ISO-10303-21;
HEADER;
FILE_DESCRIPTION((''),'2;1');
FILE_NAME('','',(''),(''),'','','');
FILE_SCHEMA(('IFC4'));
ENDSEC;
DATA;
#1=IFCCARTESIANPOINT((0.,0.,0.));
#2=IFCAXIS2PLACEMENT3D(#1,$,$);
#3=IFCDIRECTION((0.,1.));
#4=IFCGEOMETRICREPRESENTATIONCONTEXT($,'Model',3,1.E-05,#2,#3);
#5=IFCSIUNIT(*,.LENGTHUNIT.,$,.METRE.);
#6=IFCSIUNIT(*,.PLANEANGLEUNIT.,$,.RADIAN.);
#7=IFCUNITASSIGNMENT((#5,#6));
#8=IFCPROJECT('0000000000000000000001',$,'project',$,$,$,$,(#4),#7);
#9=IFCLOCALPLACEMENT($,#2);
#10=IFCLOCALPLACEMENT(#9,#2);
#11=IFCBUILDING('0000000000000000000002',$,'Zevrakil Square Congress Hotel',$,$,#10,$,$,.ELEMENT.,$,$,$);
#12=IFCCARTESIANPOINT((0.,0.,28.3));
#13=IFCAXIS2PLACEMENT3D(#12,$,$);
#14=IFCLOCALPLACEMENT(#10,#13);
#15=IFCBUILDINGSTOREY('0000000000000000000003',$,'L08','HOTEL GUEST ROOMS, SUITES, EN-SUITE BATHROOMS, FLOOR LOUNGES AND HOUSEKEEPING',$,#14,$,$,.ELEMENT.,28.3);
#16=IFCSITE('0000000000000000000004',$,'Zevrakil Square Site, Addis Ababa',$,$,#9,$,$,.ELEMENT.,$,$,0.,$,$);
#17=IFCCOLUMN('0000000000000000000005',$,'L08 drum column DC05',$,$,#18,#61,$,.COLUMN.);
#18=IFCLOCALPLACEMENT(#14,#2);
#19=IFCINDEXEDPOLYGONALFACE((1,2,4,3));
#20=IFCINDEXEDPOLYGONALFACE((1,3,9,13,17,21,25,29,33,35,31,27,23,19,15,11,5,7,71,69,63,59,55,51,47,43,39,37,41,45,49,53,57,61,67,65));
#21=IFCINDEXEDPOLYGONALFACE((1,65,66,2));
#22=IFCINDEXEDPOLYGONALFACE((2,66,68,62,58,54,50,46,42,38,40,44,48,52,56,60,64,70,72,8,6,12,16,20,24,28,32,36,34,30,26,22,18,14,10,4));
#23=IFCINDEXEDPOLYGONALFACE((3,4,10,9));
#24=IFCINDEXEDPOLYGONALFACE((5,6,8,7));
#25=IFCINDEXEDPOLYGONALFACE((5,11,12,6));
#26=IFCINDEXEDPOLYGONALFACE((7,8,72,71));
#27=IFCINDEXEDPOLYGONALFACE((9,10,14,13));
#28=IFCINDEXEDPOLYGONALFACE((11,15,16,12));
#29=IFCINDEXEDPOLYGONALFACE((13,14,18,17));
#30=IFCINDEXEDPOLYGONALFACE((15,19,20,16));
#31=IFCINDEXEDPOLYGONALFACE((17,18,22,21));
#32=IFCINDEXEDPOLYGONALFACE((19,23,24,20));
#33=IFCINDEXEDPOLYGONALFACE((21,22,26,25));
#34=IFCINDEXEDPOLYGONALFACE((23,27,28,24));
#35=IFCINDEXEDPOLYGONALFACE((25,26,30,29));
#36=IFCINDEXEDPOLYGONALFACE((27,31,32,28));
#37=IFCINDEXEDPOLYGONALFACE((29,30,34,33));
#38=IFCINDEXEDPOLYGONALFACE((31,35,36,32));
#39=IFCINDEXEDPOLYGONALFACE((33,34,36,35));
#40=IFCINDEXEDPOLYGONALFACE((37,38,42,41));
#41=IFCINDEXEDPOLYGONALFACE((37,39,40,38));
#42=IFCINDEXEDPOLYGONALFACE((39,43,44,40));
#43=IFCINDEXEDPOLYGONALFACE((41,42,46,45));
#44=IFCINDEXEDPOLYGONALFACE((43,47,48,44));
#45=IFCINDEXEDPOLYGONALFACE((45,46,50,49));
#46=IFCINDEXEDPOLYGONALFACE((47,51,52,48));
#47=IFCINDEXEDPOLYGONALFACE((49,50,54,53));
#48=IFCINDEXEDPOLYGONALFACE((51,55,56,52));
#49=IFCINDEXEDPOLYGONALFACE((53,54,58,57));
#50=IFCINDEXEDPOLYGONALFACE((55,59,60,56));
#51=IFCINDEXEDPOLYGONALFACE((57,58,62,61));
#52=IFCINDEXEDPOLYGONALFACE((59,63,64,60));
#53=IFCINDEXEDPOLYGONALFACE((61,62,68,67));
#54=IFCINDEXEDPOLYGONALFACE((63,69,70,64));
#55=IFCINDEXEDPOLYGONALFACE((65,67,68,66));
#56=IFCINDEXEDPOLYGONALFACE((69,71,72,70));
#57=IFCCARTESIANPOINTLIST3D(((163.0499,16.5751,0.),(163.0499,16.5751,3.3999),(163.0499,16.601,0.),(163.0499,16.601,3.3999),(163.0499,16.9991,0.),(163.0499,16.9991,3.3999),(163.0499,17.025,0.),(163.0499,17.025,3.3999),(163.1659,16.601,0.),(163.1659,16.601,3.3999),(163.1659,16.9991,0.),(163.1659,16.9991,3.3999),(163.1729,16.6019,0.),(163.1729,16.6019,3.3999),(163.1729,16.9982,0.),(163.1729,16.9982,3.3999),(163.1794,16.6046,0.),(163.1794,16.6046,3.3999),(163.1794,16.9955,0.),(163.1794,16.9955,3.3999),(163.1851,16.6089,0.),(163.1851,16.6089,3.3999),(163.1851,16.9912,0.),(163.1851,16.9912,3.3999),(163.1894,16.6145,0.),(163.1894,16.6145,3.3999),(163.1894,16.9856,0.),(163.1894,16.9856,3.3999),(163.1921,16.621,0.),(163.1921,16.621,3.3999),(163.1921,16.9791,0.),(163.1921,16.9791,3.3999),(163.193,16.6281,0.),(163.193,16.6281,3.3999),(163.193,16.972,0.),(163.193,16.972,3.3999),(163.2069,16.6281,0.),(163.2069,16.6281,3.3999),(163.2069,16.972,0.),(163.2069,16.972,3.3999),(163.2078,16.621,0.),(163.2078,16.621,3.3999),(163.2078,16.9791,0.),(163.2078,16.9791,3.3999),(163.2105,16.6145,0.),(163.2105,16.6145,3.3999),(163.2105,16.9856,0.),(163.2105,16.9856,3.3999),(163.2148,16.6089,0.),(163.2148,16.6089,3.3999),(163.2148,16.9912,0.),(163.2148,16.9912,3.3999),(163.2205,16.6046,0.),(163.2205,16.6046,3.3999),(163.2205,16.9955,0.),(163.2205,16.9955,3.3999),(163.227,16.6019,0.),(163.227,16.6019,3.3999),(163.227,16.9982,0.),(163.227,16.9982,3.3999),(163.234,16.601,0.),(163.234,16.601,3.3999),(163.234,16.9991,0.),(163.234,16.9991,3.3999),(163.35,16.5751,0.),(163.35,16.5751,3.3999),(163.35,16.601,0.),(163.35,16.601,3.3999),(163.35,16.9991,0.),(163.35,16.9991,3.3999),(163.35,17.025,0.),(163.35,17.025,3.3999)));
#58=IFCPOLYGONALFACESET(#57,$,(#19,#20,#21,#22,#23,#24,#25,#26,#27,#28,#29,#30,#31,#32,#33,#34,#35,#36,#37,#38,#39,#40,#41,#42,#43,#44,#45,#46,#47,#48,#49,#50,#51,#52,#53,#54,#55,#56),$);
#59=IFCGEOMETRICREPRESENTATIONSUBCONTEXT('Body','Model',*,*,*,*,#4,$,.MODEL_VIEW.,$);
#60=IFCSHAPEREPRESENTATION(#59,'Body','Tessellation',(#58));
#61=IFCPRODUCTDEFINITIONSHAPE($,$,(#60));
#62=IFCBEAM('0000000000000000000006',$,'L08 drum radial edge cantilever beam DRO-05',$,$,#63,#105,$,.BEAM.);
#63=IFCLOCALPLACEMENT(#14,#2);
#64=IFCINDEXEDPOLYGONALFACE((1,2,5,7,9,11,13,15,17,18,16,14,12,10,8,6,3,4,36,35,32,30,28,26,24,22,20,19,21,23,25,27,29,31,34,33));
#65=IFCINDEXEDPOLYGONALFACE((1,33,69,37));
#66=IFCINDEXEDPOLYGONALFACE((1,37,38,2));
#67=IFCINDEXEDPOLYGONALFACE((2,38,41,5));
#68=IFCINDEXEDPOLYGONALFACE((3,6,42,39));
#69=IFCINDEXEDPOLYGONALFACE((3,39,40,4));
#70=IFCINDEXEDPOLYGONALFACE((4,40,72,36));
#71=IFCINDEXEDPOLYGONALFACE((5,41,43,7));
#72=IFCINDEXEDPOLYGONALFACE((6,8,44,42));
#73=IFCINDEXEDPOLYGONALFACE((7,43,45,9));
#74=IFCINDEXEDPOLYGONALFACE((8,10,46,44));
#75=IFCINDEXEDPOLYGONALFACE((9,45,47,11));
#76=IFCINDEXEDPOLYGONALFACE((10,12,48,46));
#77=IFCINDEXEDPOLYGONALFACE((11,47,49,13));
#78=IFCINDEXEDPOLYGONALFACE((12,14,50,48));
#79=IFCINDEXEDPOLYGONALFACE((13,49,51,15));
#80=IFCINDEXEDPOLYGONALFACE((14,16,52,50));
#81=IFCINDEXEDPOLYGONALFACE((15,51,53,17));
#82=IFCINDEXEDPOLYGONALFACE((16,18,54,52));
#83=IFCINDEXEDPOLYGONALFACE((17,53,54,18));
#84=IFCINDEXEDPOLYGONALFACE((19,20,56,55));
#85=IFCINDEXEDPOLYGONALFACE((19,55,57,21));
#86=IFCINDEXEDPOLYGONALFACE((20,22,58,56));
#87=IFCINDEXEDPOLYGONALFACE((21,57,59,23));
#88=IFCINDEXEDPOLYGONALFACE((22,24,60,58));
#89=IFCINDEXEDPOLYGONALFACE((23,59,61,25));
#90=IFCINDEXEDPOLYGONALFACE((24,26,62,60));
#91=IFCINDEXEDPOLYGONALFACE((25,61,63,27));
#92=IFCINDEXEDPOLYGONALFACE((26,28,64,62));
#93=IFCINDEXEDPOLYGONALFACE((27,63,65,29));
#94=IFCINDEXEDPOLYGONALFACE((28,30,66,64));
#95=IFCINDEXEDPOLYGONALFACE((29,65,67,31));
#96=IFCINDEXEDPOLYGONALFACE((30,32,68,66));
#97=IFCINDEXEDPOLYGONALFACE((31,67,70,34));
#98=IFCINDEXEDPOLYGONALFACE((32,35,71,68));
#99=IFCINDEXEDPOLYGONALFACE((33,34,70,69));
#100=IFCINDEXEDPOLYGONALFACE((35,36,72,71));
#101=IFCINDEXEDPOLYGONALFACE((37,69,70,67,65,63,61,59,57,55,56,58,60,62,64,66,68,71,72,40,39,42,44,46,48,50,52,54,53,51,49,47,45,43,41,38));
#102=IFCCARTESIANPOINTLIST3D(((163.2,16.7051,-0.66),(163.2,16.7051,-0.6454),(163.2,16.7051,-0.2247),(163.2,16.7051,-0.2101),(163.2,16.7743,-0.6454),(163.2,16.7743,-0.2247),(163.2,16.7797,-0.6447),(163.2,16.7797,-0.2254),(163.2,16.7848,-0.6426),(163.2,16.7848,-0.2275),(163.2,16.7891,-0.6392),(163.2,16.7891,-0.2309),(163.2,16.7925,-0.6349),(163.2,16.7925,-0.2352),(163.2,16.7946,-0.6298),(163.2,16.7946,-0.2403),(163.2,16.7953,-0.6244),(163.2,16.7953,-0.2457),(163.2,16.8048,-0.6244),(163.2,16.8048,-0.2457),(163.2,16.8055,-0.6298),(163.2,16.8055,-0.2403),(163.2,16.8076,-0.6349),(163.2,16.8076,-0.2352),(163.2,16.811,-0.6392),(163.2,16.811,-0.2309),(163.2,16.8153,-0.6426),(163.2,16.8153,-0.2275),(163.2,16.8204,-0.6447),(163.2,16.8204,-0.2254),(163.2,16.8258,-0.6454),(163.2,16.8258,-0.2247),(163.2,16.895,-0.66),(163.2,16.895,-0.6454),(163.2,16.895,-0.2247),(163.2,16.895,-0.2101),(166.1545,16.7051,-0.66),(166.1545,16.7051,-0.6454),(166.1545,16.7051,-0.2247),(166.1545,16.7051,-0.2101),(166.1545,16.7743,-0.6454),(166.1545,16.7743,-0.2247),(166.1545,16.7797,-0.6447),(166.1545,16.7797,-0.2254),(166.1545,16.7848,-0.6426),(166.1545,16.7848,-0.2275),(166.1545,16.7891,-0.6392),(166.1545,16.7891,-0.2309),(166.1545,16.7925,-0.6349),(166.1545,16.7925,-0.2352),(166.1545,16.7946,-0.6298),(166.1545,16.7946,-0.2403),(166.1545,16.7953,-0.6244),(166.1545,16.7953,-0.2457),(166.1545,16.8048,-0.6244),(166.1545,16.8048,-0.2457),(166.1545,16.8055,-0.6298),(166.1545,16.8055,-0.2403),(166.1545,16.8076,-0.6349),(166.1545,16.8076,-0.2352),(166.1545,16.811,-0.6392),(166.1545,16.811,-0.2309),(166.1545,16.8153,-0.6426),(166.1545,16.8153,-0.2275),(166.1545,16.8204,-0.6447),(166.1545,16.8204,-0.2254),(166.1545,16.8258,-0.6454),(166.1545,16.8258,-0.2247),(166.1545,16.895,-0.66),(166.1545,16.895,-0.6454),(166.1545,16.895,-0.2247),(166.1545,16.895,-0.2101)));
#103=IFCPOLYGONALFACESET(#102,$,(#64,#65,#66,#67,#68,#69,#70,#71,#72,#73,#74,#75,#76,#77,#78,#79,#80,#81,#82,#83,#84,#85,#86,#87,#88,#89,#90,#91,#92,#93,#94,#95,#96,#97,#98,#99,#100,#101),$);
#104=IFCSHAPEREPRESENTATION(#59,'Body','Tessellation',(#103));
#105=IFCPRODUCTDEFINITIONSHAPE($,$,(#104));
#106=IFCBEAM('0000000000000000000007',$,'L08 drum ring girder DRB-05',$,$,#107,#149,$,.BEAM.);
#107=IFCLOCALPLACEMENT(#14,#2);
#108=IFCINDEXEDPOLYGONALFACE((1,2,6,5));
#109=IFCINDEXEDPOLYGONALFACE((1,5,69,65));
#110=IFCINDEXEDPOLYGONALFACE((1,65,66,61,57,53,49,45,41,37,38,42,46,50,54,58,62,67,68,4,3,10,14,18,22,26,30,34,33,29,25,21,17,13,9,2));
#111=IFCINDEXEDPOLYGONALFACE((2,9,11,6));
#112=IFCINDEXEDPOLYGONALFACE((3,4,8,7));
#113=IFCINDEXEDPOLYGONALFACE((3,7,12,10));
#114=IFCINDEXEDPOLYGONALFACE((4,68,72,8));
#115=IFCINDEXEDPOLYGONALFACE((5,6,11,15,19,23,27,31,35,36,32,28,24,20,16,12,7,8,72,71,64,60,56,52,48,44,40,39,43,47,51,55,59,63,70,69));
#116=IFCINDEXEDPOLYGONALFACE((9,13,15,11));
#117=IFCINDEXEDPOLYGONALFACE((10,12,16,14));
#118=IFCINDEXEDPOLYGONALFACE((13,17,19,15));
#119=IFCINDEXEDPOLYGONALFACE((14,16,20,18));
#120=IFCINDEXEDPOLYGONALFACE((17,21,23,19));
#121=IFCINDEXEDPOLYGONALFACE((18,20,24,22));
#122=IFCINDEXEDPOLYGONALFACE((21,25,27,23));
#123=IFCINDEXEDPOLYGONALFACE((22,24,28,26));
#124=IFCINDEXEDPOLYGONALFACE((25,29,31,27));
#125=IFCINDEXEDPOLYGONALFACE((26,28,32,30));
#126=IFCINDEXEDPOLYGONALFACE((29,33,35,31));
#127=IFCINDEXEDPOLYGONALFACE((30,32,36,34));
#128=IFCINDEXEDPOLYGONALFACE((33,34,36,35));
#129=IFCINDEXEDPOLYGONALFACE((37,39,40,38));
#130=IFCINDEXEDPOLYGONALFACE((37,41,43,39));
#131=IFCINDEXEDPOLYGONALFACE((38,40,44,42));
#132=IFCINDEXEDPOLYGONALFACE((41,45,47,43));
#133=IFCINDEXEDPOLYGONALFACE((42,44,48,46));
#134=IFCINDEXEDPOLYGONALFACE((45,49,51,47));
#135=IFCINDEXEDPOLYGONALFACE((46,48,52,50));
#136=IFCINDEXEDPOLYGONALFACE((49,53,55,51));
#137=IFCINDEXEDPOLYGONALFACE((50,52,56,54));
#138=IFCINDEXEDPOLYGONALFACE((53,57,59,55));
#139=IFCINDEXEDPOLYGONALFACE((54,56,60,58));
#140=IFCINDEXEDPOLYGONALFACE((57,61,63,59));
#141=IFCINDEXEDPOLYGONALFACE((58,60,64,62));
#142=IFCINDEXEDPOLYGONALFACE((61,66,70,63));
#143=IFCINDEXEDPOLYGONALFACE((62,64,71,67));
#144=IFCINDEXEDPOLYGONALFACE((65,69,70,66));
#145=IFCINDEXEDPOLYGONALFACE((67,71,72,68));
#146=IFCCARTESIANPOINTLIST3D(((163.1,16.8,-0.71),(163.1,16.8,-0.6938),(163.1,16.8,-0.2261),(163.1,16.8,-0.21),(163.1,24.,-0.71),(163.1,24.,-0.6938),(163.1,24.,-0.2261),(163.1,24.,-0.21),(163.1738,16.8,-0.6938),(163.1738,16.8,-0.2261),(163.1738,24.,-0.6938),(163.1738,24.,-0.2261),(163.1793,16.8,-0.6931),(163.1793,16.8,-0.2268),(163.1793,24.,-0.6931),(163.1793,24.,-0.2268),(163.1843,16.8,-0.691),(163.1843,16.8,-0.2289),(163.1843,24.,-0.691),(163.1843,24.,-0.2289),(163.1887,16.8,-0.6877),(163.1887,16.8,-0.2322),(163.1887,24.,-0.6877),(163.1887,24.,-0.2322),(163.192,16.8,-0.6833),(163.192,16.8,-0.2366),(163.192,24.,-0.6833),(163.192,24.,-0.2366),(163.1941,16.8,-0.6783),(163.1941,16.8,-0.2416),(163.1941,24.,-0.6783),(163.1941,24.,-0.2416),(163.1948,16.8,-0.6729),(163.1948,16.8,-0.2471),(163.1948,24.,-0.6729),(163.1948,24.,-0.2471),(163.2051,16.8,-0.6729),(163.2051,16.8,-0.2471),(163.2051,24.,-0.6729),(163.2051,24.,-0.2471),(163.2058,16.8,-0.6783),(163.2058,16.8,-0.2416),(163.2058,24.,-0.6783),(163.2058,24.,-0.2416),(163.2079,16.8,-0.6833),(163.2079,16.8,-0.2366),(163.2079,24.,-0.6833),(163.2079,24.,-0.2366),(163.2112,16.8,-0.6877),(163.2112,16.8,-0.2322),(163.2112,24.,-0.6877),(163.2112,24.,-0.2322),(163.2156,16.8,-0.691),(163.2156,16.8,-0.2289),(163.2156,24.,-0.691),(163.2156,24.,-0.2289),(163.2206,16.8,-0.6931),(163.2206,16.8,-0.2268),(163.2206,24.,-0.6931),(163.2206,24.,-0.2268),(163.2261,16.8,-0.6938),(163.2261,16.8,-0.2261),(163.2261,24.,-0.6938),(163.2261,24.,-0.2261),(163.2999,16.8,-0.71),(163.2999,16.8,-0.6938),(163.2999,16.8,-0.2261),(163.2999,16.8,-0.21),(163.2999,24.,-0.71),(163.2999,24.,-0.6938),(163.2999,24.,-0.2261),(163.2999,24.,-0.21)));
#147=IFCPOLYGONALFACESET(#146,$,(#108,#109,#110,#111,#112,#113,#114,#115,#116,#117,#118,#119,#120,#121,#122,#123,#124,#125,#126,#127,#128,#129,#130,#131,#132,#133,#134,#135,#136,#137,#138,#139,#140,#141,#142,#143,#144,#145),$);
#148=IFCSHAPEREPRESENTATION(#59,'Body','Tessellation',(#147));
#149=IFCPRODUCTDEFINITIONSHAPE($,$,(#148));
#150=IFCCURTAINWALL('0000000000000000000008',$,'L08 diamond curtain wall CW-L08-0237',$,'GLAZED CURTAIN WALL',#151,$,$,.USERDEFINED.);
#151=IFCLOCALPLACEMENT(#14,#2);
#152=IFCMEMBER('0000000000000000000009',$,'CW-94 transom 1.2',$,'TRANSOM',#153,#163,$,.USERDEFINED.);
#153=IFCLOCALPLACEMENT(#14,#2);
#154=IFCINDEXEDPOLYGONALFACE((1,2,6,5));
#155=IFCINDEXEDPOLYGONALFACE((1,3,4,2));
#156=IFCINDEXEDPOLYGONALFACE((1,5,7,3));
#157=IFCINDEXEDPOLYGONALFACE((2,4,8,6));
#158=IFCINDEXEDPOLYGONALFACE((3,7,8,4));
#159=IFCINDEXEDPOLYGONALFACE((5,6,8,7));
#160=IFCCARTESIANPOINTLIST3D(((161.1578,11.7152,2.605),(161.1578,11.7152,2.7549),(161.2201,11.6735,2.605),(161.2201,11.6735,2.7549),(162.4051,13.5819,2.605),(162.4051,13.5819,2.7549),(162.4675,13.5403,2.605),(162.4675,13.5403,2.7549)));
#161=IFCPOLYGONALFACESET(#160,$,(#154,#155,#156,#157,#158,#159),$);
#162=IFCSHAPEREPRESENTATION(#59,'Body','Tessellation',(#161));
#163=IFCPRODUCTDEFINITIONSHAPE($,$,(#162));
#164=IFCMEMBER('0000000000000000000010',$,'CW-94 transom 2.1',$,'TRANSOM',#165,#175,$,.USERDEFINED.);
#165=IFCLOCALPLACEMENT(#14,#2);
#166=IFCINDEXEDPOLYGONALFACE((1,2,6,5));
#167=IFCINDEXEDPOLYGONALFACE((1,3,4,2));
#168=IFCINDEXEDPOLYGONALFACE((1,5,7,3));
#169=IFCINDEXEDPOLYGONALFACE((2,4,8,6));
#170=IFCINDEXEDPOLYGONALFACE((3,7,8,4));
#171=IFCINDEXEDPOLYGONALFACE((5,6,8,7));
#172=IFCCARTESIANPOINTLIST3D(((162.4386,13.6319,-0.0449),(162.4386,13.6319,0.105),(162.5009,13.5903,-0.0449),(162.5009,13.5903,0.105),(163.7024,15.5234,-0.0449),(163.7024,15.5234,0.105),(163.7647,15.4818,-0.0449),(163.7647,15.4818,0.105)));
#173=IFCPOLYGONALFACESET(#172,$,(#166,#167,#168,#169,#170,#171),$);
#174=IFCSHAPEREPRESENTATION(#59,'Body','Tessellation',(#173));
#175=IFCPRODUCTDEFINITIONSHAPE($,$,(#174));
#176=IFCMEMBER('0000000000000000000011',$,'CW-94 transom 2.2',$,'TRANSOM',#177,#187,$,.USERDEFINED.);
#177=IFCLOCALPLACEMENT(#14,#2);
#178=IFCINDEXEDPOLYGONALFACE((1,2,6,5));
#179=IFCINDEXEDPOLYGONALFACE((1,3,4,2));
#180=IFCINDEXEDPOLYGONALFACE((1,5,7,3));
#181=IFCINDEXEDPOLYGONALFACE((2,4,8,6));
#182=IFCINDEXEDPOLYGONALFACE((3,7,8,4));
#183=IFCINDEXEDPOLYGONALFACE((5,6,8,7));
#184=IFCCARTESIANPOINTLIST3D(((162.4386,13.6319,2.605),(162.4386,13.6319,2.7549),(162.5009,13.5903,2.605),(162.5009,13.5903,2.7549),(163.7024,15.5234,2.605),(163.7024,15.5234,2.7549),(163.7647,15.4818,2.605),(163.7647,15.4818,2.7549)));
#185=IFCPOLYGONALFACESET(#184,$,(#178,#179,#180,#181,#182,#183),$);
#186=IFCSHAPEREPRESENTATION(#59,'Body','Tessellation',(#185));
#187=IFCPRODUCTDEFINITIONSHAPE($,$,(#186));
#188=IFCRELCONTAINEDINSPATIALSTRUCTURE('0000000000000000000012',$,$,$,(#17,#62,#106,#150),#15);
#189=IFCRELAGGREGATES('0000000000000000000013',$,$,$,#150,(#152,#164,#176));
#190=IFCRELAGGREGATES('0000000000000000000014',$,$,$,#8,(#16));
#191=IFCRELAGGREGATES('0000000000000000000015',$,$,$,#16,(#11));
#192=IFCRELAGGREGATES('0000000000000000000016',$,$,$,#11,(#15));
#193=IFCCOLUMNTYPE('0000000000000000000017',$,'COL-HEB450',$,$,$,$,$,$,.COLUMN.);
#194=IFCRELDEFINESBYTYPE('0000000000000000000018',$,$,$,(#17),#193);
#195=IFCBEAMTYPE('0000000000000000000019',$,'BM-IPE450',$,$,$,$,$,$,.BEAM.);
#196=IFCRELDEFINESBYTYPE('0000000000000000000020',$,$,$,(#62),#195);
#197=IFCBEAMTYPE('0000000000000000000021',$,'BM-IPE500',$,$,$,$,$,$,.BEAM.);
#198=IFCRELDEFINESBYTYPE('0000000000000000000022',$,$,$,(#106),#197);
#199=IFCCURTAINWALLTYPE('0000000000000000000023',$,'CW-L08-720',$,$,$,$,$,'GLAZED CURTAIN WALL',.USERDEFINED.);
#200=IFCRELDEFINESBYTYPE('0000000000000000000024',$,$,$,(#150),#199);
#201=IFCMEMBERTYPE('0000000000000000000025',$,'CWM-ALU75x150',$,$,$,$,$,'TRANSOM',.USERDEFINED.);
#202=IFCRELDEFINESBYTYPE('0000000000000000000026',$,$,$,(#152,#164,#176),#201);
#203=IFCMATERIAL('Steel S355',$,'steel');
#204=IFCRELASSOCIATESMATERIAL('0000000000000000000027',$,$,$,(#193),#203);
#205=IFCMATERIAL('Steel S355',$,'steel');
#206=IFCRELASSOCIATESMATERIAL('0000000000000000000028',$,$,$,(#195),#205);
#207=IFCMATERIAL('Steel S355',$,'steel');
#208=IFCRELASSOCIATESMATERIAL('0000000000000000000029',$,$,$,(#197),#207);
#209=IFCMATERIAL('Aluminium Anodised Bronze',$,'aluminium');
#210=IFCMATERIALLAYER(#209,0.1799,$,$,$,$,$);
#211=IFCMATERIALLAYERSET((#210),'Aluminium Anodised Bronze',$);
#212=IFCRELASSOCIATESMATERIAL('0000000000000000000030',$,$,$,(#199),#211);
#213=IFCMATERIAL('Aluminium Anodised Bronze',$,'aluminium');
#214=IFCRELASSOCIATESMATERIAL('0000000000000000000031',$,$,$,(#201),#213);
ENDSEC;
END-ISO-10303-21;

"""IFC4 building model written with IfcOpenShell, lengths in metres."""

from ifc_helpers import new_model, si_unit, direction, frame, origin, origin_2d, place, context, subcontext, project, spatial, rectangle, i_section, extrude, material, layer, layer_set, material_profile, profile_set, type_object, element, aggregate, save


model = new_model("IFC4")

# Units and contexts
model_context = context("Model", 3, precision=1e-05, world=origin(), true_north=direction((0.0, 1.0)))
body_context = subcontext(model_context, "Body", "Model", "MODEL_VIEW")
ifc_project = project(units=[si_unit("LENGTHUNIT", "METRE"), si_unit("PLANEANGLEUNIT", "RADIAN")], contexts=[model_context])

# Site, building, storey
site_placement = place(None, origin())
site = spatial("IfcSite", under=ifc_project, at=site_placement, Name="Zevrakil Square Site, Addis Ababa", CompositionType="ELEMENT", RefElevation=0.0)
building_placement = place(site_placement, origin())
building = spatial("IfcBuilding", under=site, at=building_placement, Name="Zevrakil Square Congress Hotel", CompositionType="ELEMENT")
storey_placement = place(building_placement, frame((0.0, 0.0, 28.3)))
storey = spatial("IfcBuildingStorey", under=building, at=storey_placement, Name="L08", Description="HOTEL GUEST ROOMS, SUITES, EN-SUITE BATHROOMS, FLOOR LOUNGES AND HOUSEKEEPING", CompositionType="ELEMENT", Elevation=28.3)

# Column
ifc_material_1 = material(Name="Steel S355", Category="steel")
ifc_material_profile_1 = material_profile(ifc_material_1, i_section(OverallWidth=0.3, OverallDepth=0.45, WebThickness=0.0139, FlangeThickness=0.0259, FilletRadius=0.0271, at=origin_2d()), Name="HEB 450")
ifc_profile_set_1 = profile_set([ifc_material_profile_1], Name="Steel S355")
column_type = type_object("IfcColumnType", Name="COL-HEB450", PredefinedType="COLUMN", material=ifc_profile_set_1)
column_placement = place(storey_placement, frame((163.2, 16.8, 0.0), z_axis=(0.0, 0.0, 1.0), x_axis=(1.0, 0.0, 0.0)))
element("IfcColumn", 1, at=column_placement, inside=storey, type_object=column_type, Name="L08 drum column DC05", PredefinedType="COLUMN", context=body_context, shape_type="SweptSolid", body=[
    extrude(i_section(OverallWidth=0.3, OverallDepth=0.45, WebThickness=0.0139, FlangeThickness=0.0259, FilletRadius=0.0271, at=origin_2d()), origin(), (0.0, 0.0, 1.0), 3.3999),
])

# Beams
ifc_material_2 = material(Name="Steel S355", Category="steel")
ifc_material_profile_2 = material_profile(ifc_material_2, i_section(OverallWidth=0.1899, OverallDepth=0.45, WebThickness=0.0095, FlangeThickness=0.0146, FilletRadius=0.021, at=origin_2d()), Name="IPE 450")
ifc_profile_set_2 = profile_set([ifc_material_profile_2], Name="Steel S355")
beam_type_1 = type_object("IfcBeamType", Name="BM-IPE450", PredefinedType="BEAM", material=ifc_profile_set_2)
beam_1_placement = place(storey_placement, frame((163.2, 16.8, -0.4351), z_axis=(1.0, 0.0, 0.0), x_axis=(0.0, 1.0, 0.0)))
element("IfcBeam", 2, at=beam_1_placement, inside=storey, type_object=beam_type_1, Name="L08 drum radial edge cantilever beam DRO-05", PredefinedType="BEAM", context=body_context, shape_type="SweptSolid", body=[
    extrude(i_section(OverallWidth=0.1899, OverallDepth=0.45, WebThickness=0.0095, FlangeThickness=0.0146, FilletRadius=0.021, at=origin_2d()), origin(), (0.0, 0.0, 1.0), 2.9546),
])
ifc_material_3 = material(Name="Steel S355", Category="steel")
ifc_material_profile_3 = material_profile(ifc_material_3, i_section(OverallWidth=0.2, OverallDepth=0.5, WebThickness=0.0103, FlangeThickness=0.0161, FilletRadius=0.021, at=origin_2d()), Name="IPE 500")
ifc_profile_set_3 = profile_set([ifc_material_profile_3], Name="Steel S355")
beam_type_2 = type_object("IfcBeamType", Name="BM-IPE500", PredefinedType="BEAM", material=ifc_profile_set_3)
beam_2_placement = place(storey_placement, frame((163.2, 16.8, -0.46), z_axis=(0.0, 1.0, 0.0), x_axis=(-1.0, 0.0, 0.0)))
element("IfcBeam", 3, at=beam_2_placement, inside=storey, type_object=beam_type_2, Name="L08 drum ring girder DRB-05", PredefinedType="BEAM", context=body_context, shape_type="SweptSolid", body=[
    extrude(i_section(OverallWidth=0.2, OverallDepth=0.5, WebThickness=0.0103, FlangeThickness=0.0161, FilletRadius=0.021, at=origin_2d()), origin(), (0.0, 0.0, 1.0), 7.2),
])

# Curtain wall, members
ifc_material_4 = material(Name="Aluminium Anodised Bronze", Category="aluminium")
ifc_layer_1 = layer(ifc_material_4, 0.1799)
ifc_layer_set_1 = layer_set([ifc_layer_1], Name="Aluminium Anodised Bronze")
curtain_wall_type = type_object("IfcCurtainWallType", Name="CW-L08-720", ElementType="GLAZED CURTAIN WALL", PredefinedType="USERDEFINED", material=ifc_layer_set_1)
curtain_wall_1_placement = place(storey_placement, origin())
curtain_wall_1 = element("IfcCurtainWall", 4, at=curtain_wall_1_placement, inside=storey, type_object=curtain_wall_type, Name="L08 diamond curtain wall CW-L08-0237", ObjectType="GLAZED CURTAIN WALL", PredefinedType="USERDEFINED")
ifc_material_5 = material(Name="Aluminium Anodised Bronze", Category="aluminium")
ifc_material_profile_4 = material_profile(ifc_material_5, rectangle(XDim=0.075, YDim=0.1499, at=origin_2d()), Name="ALU 75x150")
ifc_profile_set_4 = profile_set([ifc_material_profile_4], Name="Aluminium Anodised Bronze")
member_type_1 = type_object("IfcMemberType", Name="CWM-ALU75x150", ElementType="TRANSOM", PredefinedType="USERDEFINED", material=ifc_profile_set_4)
member_1_placement = place(storey_placement, frame((161.189, 11.6943, 2.6799), z_axis=(0.555578, 0.831464, 0.0), x_axis=(-0.831464, 0.555578, 0.0)))
member_1 = element("IfcMember", 5, at=member_1_placement, type_object=member_type_1, Name="CW-94 transom 1.2", ObjectType="TRANSOM", PredefinedType="USERDEFINED", context=body_context, shape_type="SweptSolid", body=[
    extrude(rectangle(XDim=0.075, YDim=0.1499, at=origin_2d()), origin(), (0.0, 0.0, 1.0), 2.2451),
])
member_2_placement = place(storey_placement, frame((162.4697, 13.6111, 0.03), z_axis=(0.555567, 0.831472, 0.0), x_axis=(-0.831472, 0.555567, 0.0)))
member_2 = element("IfcMember", 6, at=member_2_placement, type_object=member_type_1, Name="CW-94 transom 2.1", ObjectType="TRANSOM", PredefinedType="USERDEFINED", context=body_context, shape_type="SweptSolid", body=[
    extrude(rectangle(XDim=0.075, YDim=0.1499, at=origin_2d()), origin(), (0.0, 0.0, 1.0), 2.2749),
])
member_3_placement = place(storey_placement, frame((162.4697, 13.6111, 2.6799), z_axis=(0.555567, 0.831472, 0.0), x_axis=(-0.831472, 0.555567, 0.0)))
member_3 = element("IfcMember", 7, at=member_3_placement, type_object=member_type_1, Name="CW-94 transom 2.2", ObjectType="TRANSOM", PredefinedType="USERDEFINED", context=body_context, shape_type="SweptSolid", body=[
    extrude(rectangle(XDim=0.075, YDim=0.1499, at=origin_2d()), origin(), (0.0, 0.0, 1.0), 2.2749),
])

aggregate(curtain_wall_1, [member_1, member_2, member_3])

save(model, "model.ifc")
